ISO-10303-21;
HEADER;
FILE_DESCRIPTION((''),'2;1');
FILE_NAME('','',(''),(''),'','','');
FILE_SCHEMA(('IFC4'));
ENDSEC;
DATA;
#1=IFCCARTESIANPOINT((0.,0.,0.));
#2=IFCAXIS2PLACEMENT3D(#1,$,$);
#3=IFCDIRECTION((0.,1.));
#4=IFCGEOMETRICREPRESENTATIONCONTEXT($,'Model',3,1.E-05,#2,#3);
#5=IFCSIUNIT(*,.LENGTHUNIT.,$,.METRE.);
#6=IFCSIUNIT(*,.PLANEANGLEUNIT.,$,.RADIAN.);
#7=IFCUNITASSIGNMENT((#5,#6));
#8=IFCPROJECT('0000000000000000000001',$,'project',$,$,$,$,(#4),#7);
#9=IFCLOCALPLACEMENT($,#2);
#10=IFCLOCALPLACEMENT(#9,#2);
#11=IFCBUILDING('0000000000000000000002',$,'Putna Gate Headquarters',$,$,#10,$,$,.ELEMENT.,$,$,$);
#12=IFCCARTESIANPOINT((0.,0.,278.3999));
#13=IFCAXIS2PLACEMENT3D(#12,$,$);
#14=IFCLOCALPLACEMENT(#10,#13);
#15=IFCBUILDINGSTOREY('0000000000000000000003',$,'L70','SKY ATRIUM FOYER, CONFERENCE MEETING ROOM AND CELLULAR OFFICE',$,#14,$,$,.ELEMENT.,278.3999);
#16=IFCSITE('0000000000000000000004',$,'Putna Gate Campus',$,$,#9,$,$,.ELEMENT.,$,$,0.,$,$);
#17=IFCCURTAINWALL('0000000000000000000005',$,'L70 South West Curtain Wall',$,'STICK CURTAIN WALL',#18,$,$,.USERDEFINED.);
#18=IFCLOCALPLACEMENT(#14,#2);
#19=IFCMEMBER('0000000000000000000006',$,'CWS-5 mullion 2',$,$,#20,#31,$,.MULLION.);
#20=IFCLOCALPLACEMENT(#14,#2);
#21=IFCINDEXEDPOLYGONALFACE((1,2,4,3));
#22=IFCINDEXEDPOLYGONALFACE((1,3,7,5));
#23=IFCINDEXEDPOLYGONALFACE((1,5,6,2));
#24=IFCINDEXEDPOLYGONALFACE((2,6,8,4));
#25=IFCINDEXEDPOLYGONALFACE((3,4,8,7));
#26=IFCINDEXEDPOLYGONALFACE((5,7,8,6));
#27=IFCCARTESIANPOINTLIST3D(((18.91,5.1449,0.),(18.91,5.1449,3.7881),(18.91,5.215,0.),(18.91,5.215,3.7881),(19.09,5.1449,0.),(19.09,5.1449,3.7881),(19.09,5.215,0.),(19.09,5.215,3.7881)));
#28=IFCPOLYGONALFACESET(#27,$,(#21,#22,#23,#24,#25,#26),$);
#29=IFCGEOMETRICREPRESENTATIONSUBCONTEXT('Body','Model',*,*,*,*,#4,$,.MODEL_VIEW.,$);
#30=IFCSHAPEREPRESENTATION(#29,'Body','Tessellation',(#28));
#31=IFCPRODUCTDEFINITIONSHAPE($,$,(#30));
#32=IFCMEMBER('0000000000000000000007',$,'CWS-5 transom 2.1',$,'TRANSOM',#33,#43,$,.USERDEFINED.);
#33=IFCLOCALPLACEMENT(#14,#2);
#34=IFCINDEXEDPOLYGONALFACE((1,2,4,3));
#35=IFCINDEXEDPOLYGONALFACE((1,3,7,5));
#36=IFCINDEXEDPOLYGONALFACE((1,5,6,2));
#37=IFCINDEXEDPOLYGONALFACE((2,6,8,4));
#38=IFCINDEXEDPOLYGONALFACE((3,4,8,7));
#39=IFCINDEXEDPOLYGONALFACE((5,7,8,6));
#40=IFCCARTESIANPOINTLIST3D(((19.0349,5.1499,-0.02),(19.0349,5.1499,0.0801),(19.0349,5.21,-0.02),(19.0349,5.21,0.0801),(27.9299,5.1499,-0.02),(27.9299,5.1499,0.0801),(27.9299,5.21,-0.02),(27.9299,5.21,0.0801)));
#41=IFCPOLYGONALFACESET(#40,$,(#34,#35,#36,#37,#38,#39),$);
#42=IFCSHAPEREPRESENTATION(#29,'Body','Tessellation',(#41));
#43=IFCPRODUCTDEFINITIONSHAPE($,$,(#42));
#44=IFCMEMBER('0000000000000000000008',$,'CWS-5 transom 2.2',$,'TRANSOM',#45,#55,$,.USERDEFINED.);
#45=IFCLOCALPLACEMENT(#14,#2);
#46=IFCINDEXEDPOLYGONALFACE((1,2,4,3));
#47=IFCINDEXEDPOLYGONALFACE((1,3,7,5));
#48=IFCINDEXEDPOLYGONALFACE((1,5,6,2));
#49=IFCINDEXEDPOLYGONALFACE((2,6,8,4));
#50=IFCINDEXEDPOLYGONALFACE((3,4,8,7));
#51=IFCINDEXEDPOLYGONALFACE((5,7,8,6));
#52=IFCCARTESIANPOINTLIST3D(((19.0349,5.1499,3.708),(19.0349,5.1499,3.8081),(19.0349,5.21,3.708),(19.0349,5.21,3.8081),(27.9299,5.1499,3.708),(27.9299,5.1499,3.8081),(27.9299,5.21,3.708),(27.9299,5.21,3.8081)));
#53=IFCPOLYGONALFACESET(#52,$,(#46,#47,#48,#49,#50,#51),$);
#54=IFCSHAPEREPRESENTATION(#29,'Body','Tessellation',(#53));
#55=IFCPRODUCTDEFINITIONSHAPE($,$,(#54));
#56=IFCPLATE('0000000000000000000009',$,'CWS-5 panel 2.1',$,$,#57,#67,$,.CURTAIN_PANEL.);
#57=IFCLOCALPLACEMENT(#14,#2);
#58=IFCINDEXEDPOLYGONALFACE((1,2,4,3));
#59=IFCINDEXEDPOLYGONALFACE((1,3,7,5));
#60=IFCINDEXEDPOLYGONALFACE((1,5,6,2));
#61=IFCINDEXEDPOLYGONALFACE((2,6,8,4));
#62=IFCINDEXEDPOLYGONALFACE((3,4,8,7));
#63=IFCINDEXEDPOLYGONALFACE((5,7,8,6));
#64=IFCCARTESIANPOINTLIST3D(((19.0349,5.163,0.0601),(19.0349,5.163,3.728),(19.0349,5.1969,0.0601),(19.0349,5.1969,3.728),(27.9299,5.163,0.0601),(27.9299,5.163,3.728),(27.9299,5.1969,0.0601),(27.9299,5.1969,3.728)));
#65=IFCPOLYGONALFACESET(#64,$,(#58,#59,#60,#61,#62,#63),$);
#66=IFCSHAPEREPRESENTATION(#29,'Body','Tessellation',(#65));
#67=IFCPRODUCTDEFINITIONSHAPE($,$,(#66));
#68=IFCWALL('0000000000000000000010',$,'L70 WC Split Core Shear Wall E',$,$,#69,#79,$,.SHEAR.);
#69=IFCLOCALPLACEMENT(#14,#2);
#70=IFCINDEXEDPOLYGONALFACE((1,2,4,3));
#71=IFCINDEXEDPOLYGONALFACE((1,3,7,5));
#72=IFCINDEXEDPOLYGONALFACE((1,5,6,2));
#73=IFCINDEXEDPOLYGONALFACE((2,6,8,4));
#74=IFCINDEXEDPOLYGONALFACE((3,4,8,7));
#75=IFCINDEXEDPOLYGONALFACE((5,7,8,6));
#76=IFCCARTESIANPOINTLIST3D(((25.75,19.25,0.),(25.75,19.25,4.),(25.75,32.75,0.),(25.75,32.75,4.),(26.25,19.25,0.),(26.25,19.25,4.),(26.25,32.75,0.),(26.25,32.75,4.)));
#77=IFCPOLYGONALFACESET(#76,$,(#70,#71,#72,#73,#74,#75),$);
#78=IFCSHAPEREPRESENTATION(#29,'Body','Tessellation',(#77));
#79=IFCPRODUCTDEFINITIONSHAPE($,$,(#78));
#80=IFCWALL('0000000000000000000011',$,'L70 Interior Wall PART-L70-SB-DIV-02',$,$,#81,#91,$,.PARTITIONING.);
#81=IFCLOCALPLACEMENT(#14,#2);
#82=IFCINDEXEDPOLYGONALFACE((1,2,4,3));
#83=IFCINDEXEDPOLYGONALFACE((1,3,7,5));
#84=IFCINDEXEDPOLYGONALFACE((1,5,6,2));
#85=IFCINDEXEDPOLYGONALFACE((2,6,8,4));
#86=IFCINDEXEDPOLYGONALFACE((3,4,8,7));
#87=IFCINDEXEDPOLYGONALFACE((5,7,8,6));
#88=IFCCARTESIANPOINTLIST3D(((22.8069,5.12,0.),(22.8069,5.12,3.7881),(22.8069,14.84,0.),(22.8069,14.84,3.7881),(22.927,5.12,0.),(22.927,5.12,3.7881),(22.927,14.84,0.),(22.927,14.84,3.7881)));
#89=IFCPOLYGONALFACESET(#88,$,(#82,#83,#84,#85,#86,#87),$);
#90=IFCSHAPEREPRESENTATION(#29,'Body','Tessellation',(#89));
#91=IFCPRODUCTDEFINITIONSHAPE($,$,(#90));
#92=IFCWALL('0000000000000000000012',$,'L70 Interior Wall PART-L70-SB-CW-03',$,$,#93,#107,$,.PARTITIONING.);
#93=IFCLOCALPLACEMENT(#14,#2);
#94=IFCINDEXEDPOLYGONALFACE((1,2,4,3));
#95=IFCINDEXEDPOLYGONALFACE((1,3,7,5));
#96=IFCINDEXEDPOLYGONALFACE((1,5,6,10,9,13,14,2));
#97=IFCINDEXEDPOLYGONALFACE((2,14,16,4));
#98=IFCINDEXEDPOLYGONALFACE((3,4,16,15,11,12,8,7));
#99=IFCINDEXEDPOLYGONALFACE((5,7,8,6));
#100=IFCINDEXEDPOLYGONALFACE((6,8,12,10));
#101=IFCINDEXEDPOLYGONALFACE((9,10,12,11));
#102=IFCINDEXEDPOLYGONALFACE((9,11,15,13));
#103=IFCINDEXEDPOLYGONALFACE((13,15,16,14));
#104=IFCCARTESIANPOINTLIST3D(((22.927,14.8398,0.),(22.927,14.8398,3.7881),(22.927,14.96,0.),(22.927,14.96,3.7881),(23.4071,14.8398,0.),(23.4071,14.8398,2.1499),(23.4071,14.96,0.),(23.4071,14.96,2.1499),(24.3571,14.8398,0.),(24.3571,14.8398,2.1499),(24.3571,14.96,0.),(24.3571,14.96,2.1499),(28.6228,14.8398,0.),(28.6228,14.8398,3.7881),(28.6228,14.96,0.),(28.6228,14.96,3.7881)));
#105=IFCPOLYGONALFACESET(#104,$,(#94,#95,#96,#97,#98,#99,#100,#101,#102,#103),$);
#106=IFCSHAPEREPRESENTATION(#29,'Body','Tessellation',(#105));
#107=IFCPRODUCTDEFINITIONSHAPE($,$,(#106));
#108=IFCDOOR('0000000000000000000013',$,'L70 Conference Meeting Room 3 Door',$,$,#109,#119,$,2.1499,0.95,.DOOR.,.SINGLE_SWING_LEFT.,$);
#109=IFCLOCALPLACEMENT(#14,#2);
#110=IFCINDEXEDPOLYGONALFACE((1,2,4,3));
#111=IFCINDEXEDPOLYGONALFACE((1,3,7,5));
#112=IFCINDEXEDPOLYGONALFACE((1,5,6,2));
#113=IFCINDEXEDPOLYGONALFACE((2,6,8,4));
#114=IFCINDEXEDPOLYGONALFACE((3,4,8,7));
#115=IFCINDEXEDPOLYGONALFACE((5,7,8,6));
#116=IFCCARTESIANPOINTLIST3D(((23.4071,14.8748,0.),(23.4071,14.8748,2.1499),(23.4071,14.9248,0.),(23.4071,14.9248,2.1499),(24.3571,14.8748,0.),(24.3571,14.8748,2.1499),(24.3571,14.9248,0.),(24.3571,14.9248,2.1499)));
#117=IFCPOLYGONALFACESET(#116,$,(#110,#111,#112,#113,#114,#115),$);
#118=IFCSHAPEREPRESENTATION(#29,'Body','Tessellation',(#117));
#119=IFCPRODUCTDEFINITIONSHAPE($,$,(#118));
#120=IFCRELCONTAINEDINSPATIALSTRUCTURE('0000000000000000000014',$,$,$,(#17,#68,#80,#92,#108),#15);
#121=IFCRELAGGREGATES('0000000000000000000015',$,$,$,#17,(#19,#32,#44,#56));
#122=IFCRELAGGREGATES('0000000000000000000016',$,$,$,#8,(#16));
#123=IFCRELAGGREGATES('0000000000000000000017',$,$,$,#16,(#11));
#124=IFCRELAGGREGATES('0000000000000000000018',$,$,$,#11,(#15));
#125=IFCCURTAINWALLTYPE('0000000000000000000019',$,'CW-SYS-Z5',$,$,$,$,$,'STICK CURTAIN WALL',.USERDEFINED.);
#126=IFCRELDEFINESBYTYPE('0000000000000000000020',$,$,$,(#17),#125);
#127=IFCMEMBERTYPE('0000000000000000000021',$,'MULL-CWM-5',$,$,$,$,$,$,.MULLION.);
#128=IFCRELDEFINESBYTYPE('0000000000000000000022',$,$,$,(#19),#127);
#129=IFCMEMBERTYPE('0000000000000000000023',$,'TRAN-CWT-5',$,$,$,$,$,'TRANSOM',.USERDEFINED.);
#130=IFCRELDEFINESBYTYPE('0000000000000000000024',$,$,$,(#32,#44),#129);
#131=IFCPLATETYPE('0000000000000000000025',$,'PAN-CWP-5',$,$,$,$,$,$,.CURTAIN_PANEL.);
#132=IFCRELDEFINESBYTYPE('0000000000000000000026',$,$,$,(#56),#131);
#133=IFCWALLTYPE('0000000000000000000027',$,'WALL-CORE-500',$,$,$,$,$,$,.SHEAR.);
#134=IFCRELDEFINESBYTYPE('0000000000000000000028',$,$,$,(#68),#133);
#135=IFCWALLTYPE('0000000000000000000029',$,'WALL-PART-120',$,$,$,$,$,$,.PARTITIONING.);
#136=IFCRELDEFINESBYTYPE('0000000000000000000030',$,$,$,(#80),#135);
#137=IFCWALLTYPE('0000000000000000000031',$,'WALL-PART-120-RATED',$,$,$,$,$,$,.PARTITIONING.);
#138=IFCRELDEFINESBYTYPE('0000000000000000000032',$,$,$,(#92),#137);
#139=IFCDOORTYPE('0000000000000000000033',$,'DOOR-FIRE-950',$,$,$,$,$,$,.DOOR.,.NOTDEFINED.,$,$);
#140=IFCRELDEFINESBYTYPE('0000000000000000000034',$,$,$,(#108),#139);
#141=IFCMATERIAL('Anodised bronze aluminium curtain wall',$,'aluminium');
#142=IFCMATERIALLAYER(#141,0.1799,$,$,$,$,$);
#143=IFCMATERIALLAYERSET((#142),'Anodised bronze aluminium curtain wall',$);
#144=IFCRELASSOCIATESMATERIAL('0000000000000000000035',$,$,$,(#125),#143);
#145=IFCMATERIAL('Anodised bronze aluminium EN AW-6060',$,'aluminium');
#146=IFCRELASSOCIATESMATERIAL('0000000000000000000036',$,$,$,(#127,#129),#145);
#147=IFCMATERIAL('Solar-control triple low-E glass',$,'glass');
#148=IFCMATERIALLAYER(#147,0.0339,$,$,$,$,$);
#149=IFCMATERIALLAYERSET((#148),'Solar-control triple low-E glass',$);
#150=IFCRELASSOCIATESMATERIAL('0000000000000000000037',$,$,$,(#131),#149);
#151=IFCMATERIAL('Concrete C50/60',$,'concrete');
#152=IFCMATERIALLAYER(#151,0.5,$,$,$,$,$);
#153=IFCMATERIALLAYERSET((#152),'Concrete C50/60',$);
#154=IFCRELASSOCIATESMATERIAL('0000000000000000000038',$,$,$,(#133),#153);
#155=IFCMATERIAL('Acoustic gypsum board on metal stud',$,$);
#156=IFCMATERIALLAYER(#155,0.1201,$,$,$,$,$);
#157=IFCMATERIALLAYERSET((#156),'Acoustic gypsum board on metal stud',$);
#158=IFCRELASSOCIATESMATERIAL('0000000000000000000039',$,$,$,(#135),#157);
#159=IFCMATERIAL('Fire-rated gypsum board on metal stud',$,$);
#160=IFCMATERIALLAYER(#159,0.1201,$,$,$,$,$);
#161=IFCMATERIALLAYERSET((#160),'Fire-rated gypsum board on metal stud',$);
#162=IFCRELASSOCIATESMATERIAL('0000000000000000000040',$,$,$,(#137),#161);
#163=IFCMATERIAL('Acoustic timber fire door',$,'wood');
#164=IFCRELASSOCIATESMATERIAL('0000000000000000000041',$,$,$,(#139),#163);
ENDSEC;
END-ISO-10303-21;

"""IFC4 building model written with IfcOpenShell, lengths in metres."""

from ifc_helpers import new_model, si_unit, direction, frame, frame_2d, origin, origin_2d, place, context, subcontext, project, spatial, rectangle, extrude, material, layer, layer_set, material_profile, profile_set, type_object, element, fill, aggregate, save


model = new_model("IFC4")

# Units and contexts
model_context = context("Model", 3, precision=1e-05, world=origin(), true_north=direction((0.0, 1.0)))
body_context = subcontext(model_context, "Body", "Model", "MODEL_VIEW")
ifc_project = project(units=[si_unit("LENGTHUNIT", "METRE"), si_unit("PLANEANGLEUNIT", "RADIAN")], contexts=[model_context])

# Site, building, storey
site_placement = place(None, origin())
site = spatial("IfcSite", under=ifc_project, at=site_placement, Name="Putna Gate Campus", CompositionType="ELEMENT", RefElevation=0.0)
building_placement = place(site_placement, origin())
building = spatial("IfcBuilding", under=site, at=building_placement, Name="Putna Gate Headquarters", CompositionType="ELEMENT")
storey_placement = place(building_placement, frame((0.0, 0.0, 278.3999)))
storey = spatial("IfcBuildingStorey", under=building, at=storey_placement, Name="L70", Description="SKY ATRIUM FOYER, CONFERENCE MEETING ROOM AND CELLULAR OFFICE", CompositionType="ELEMENT", Elevation=278.3999)

# Curtain wall, members, plate
ifc_material_1 = material(Name="Anodised bronze aluminium curtain wall", Category="aluminium")
ifc_layer_1 = layer(ifc_material_1, 0.1799)
ifc_layer_set_1 = layer_set([ifc_layer_1], Name="Anodised bronze aluminium curtain wall")
curtain_wall_type = type_object("IfcCurtainWallType", Name="CW-SYS-Z5", ElementType="STICK CURTAIN WALL", PredefinedType="USERDEFINED", material=ifc_layer_set_1)
curtain_wall_placement = place(storey_placement, origin())
curtain_wall = element("IfcCurtainWall", 1, at=curtain_wall_placement, inside=storey, type_object=curtain_wall_type, Name="L70 South West Curtain Wall", ObjectType="STICK CURTAIN WALL", PredefinedType="USERDEFINED")
ifc_material_2 = material(Name="Anodised bronze aluminium EN AW-6060", Category="aluminium")
ifc_material_profile_1 = material_profile(ifc_material_2, rectangle(XDim=0.0701, YDim=0.1799, at=origin_2d()), Name="Anodised bronze aluminium EN AW-6060")
ifc_profile_set_1 = profile_set([ifc_material_profile_1], Name="Anodised bronze aluminium EN AW-6060")
member_type_1 = type_object("IfcMemberType", Name="MULL-CWM-5", PredefinedType="MULLION", material=ifc_profile_set_1)
member_1_placement = place(storey_placement, frame((19.0, 5.1799, 0.0), z_axis=(0.0, 0.0, 1.0), x_axis=(0.0, 1.0, 0.0)))
member_1 = element("IfcMember", 2, at=member_1_placement, type_object=member_type_1, Name="CWS-5 mullion 2", PredefinedType="MULLION", context=body_context, shape_type="SweptSolid", body=[
    extrude(rectangle(XDim=0.0701, YDim=0.1799, at=origin_2d()), origin(), (0.0, 0.0, 1.0), 3.7881),
])
ifc_material_profile_2 = material_profile(ifc_material_2, rectangle(XDim=0.0601, YDim=0.1001, at=origin_2d()), Name="Anodised bronze aluminium EN AW-6060")
ifc_profile_set_2 = profile_set([ifc_material_profile_2], Name="Anodised bronze aluminium EN AW-6060")
member_type_2 = type_object("IfcMemberType", Name="TRAN-CWT-5", ElementType="TRANSOM", PredefinedType="USERDEFINED", material=ifc_profile_set_2)
member_2_placement = place(storey_placement, frame((19.0349, 5.1799, 0.03), z_axis=(1.0, 0.0, 0.0), x_axis=(0.0, 1.0, 0.0)))
member_2 = element("IfcMember", 3, at=member_2_placement, type_object=member_type_2, Name="CWS-5 transom 2.1", ObjectType="TRANSOM", PredefinedType="USERDEFINED", context=body_context, shape_type="SweptSolid", body=[
    extrude(rectangle(XDim=0.0601, YDim=0.1001, at=origin_2d()), origin(), (0.0, 0.0, 1.0), 8.895),
])
member_3_placement = place(storey_placement, frame((19.0349, 5.1799, 3.7581), z_axis=(1.0, 0.0, 0.0), x_axis=(0.0, 1.0, 0.0)))
member_3 = element("IfcMember", 4, at=member_3_placement, type_object=member_type_2, Name="CWS-5 transom 2.2", ObjectType="TRANSOM", PredefinedType="USERDEFINED", context=body_context, shape_type="SweptSolid", body=[
    extrude(rectangle(XDim=0.0601, YDim=0.1001, at=origin_2d()), origin(), (0.0, 0.0, 1.0), 8.895),
])
ifc_material_3 = material(Name="Solar-control triple low-E glass", Category="glass")
ifc_layer_2 = layer(ifc_material_3, 0.0339)
ifc_layer_set_2 = layer_set([ifc_layer_2], Name="Solar-control triple low-E glass")
plate_type = type_object("IfcPlateType", Name="PAN-CWP-5", PredefinedType="CURTAIN_PANEL", material=ifc_layer_set_2)
plate_placement = place(storey_placement, frame((23.4824, 5.1799, 0.0601), z_axis=(0.0, 0.0, 1.0), x_axis=(1.0, 0.0, 0.0)))
plate = element("IfcPlate", 5, at=plate_placement, type_object=plate_type, Name="CWS-5 panel 2.1", PredefinedType="CURTAIN_PANEL", context=body_context, shape_type="SweptSolid", body=[
    extrude(rectangle(XDim=8.895, YDim=0.0339, at=origin_2d()), origin(), (0.0, 0.0, 1.0), 3.668),
])
aggregate(curtain_wall, [member_1, member_2, member_3, plate])

# Walls
ifc_material_4 = material(Name="Concrete C50/60", Category="concrete")
ifc_layer_3 = layer(ifc_material_4, 0.5)
ifc_layer_set_3 = layer_set([ifc_layer_3], Name="Concrete C50/60")
wall_type_1 = type_object("IfcWallType", Name="WALL-CORE-500", PredefinedType="SHEAR", material=ifc_layer_set_3)
wall_1_placement = place(storey_placement, frame((26.0, 19.25, 0.0), z_axis=(0.0, 0.0, 1.0), x_axis=(0.0, 1.0, 0.0)))
element("IfcWall", 6, at=wall_1_placement, inside=storey, type_object=wall_type_1, Name="L70 WC Split Core Shear Wall E", PredefinedType="SHEAR", context=body_context, shape_type="SweptSolid", body=[
    extrude(rectangle(XDim=13.5, YDim=0.5, at=frame_2d((6.75, 0.0))), origin(), (0.0, 0.0, 1.0), 4.0),
])
ifc_material_5 = material(Name="Acoustic gypsum board on metal stud")
ifc_layer_4 = layer(ifc_material_5, 0.1201)
ifc_layer_set_4 = layer_set([ifc_layer_4], Name="Acoustic gypsum board on metal stud")
wall_type_2 = type_object("IfcWallType", Name="WALL-PART-120", PredefinedType="PARTITIONING", material=ifc_layer_set_4)
wall_2_placement = place(storey_placement, frame((22.8669, 5.1201, 0.0), z_axis=(0.0, 0.0, 1.0), x_axis=(0.0, 1.0, 0.0)))
element("IfcWall", 7, at=wall_2_placement, inside=storey, type_object=wall_type_2, Name="L70 Interior Wall PART-L70-SB-DIV-02", PredefinedType="PARTITIONING", context=body_context, shape_type="SweptSolid", body=[
    extrude(rectangle(XDim=9.72, YDim=0.1201, at=frame_2d((4.8599, 0.0))), origin(), (0.0, 0.0, 1.0), 3.7881),
])

# Wall, opening, door
ifc_material_6 = material(Name="Fire-rated gypsum board on metal stud")
ifc_layer_5 = layer(ifc_material_6, 0.1201)
ifc_layer_set_5 = layer_set([ifc_layer_5], Name="Fire-rated gypsum board on metal stud")
wall_type_3 = type_object("IfcWallType", Name="WALL-PART-120-RATED", PredefinedType="PARTITIONING", material=ifc_layer_set_5)
wall_3_placement = place(storey_placement, frame((22.927, 14.8999, 0.0), z_axis=(0.0, 0.0, 1.0), x_axis=(1.0, 0.0, 0.0)))
wall_3 = element("IfcWall", 8, at=wall_3_placement, inside=storey, type_object=wall_type_3, Name="L70 Interior Wall PART-L70-SB-CW-03", PredefinedType="PARTITIONING", context=body_context, shape_type="SweptSolid", body=[
    extrude(rectangle(XDim=5.6958, YDim=0.1201, at=frame_2d((2.8479, 0.0))), origin(), (0.0, 0.0, 1.0), 3.7881),
])
opening_1_placement = place(wall_3_placement, frame((0.48, 0.0, 0.0)))
opening_1 = element("IfcOpeningElement", 9, at=opening_1_placement, cuts=wall_3, PredefinedType="OPENING", context=body_context, shape_type="SweptSolid", body=[
    extrude(rectangle(XDim=0.95, YDim=2.1499, at=frame_2d((0.4751, 1.075))), frame((0.0, 0.0701, 0.0), z_axis=(0.0, -1.0, 0.0), x_axis=(1.0, 0.0, 0.0)), (0.0, 0.0, 1.0), 0.1401),
])
ifc_material_7 = material(Name="Acoustic timber fire door", Category="wood")
door_type_1 = type_object("IfcDoorType", Name="DOOR-FIRE-950", OperationType="NOTDEFINED", PredefinedType="DOOR", material=ifc_material_7)
door_1_placement = place(opening_1_placement, origin())
door_1 = element("IfcDoor", 10, at=door_1_placement, inside=storey, type_object=door_type_1, Name="L70 Conference Meeting Room 3 Door", OperationType="SINGLE_SWING_LEFT", OverallHeight=2.1499, OverallWidth=0.95, PredefinedType="DOOR", context=body_context, shape_type="SweptSolid", body=[
    extrude(rectangle(XDim=0.95, YDim=2.1499, at=frame_2d((0.4751, 1.075))), frame((0.0, 0.0249, 0.0), z_axis=(0.0, -1.0, 0.0), x_axis=(1.0, 0.0, 0.0)), (0.0, 0.0, 1.0), 0.05),
])
fill(opening_1, door_1)

save(model, "model.ifc")
